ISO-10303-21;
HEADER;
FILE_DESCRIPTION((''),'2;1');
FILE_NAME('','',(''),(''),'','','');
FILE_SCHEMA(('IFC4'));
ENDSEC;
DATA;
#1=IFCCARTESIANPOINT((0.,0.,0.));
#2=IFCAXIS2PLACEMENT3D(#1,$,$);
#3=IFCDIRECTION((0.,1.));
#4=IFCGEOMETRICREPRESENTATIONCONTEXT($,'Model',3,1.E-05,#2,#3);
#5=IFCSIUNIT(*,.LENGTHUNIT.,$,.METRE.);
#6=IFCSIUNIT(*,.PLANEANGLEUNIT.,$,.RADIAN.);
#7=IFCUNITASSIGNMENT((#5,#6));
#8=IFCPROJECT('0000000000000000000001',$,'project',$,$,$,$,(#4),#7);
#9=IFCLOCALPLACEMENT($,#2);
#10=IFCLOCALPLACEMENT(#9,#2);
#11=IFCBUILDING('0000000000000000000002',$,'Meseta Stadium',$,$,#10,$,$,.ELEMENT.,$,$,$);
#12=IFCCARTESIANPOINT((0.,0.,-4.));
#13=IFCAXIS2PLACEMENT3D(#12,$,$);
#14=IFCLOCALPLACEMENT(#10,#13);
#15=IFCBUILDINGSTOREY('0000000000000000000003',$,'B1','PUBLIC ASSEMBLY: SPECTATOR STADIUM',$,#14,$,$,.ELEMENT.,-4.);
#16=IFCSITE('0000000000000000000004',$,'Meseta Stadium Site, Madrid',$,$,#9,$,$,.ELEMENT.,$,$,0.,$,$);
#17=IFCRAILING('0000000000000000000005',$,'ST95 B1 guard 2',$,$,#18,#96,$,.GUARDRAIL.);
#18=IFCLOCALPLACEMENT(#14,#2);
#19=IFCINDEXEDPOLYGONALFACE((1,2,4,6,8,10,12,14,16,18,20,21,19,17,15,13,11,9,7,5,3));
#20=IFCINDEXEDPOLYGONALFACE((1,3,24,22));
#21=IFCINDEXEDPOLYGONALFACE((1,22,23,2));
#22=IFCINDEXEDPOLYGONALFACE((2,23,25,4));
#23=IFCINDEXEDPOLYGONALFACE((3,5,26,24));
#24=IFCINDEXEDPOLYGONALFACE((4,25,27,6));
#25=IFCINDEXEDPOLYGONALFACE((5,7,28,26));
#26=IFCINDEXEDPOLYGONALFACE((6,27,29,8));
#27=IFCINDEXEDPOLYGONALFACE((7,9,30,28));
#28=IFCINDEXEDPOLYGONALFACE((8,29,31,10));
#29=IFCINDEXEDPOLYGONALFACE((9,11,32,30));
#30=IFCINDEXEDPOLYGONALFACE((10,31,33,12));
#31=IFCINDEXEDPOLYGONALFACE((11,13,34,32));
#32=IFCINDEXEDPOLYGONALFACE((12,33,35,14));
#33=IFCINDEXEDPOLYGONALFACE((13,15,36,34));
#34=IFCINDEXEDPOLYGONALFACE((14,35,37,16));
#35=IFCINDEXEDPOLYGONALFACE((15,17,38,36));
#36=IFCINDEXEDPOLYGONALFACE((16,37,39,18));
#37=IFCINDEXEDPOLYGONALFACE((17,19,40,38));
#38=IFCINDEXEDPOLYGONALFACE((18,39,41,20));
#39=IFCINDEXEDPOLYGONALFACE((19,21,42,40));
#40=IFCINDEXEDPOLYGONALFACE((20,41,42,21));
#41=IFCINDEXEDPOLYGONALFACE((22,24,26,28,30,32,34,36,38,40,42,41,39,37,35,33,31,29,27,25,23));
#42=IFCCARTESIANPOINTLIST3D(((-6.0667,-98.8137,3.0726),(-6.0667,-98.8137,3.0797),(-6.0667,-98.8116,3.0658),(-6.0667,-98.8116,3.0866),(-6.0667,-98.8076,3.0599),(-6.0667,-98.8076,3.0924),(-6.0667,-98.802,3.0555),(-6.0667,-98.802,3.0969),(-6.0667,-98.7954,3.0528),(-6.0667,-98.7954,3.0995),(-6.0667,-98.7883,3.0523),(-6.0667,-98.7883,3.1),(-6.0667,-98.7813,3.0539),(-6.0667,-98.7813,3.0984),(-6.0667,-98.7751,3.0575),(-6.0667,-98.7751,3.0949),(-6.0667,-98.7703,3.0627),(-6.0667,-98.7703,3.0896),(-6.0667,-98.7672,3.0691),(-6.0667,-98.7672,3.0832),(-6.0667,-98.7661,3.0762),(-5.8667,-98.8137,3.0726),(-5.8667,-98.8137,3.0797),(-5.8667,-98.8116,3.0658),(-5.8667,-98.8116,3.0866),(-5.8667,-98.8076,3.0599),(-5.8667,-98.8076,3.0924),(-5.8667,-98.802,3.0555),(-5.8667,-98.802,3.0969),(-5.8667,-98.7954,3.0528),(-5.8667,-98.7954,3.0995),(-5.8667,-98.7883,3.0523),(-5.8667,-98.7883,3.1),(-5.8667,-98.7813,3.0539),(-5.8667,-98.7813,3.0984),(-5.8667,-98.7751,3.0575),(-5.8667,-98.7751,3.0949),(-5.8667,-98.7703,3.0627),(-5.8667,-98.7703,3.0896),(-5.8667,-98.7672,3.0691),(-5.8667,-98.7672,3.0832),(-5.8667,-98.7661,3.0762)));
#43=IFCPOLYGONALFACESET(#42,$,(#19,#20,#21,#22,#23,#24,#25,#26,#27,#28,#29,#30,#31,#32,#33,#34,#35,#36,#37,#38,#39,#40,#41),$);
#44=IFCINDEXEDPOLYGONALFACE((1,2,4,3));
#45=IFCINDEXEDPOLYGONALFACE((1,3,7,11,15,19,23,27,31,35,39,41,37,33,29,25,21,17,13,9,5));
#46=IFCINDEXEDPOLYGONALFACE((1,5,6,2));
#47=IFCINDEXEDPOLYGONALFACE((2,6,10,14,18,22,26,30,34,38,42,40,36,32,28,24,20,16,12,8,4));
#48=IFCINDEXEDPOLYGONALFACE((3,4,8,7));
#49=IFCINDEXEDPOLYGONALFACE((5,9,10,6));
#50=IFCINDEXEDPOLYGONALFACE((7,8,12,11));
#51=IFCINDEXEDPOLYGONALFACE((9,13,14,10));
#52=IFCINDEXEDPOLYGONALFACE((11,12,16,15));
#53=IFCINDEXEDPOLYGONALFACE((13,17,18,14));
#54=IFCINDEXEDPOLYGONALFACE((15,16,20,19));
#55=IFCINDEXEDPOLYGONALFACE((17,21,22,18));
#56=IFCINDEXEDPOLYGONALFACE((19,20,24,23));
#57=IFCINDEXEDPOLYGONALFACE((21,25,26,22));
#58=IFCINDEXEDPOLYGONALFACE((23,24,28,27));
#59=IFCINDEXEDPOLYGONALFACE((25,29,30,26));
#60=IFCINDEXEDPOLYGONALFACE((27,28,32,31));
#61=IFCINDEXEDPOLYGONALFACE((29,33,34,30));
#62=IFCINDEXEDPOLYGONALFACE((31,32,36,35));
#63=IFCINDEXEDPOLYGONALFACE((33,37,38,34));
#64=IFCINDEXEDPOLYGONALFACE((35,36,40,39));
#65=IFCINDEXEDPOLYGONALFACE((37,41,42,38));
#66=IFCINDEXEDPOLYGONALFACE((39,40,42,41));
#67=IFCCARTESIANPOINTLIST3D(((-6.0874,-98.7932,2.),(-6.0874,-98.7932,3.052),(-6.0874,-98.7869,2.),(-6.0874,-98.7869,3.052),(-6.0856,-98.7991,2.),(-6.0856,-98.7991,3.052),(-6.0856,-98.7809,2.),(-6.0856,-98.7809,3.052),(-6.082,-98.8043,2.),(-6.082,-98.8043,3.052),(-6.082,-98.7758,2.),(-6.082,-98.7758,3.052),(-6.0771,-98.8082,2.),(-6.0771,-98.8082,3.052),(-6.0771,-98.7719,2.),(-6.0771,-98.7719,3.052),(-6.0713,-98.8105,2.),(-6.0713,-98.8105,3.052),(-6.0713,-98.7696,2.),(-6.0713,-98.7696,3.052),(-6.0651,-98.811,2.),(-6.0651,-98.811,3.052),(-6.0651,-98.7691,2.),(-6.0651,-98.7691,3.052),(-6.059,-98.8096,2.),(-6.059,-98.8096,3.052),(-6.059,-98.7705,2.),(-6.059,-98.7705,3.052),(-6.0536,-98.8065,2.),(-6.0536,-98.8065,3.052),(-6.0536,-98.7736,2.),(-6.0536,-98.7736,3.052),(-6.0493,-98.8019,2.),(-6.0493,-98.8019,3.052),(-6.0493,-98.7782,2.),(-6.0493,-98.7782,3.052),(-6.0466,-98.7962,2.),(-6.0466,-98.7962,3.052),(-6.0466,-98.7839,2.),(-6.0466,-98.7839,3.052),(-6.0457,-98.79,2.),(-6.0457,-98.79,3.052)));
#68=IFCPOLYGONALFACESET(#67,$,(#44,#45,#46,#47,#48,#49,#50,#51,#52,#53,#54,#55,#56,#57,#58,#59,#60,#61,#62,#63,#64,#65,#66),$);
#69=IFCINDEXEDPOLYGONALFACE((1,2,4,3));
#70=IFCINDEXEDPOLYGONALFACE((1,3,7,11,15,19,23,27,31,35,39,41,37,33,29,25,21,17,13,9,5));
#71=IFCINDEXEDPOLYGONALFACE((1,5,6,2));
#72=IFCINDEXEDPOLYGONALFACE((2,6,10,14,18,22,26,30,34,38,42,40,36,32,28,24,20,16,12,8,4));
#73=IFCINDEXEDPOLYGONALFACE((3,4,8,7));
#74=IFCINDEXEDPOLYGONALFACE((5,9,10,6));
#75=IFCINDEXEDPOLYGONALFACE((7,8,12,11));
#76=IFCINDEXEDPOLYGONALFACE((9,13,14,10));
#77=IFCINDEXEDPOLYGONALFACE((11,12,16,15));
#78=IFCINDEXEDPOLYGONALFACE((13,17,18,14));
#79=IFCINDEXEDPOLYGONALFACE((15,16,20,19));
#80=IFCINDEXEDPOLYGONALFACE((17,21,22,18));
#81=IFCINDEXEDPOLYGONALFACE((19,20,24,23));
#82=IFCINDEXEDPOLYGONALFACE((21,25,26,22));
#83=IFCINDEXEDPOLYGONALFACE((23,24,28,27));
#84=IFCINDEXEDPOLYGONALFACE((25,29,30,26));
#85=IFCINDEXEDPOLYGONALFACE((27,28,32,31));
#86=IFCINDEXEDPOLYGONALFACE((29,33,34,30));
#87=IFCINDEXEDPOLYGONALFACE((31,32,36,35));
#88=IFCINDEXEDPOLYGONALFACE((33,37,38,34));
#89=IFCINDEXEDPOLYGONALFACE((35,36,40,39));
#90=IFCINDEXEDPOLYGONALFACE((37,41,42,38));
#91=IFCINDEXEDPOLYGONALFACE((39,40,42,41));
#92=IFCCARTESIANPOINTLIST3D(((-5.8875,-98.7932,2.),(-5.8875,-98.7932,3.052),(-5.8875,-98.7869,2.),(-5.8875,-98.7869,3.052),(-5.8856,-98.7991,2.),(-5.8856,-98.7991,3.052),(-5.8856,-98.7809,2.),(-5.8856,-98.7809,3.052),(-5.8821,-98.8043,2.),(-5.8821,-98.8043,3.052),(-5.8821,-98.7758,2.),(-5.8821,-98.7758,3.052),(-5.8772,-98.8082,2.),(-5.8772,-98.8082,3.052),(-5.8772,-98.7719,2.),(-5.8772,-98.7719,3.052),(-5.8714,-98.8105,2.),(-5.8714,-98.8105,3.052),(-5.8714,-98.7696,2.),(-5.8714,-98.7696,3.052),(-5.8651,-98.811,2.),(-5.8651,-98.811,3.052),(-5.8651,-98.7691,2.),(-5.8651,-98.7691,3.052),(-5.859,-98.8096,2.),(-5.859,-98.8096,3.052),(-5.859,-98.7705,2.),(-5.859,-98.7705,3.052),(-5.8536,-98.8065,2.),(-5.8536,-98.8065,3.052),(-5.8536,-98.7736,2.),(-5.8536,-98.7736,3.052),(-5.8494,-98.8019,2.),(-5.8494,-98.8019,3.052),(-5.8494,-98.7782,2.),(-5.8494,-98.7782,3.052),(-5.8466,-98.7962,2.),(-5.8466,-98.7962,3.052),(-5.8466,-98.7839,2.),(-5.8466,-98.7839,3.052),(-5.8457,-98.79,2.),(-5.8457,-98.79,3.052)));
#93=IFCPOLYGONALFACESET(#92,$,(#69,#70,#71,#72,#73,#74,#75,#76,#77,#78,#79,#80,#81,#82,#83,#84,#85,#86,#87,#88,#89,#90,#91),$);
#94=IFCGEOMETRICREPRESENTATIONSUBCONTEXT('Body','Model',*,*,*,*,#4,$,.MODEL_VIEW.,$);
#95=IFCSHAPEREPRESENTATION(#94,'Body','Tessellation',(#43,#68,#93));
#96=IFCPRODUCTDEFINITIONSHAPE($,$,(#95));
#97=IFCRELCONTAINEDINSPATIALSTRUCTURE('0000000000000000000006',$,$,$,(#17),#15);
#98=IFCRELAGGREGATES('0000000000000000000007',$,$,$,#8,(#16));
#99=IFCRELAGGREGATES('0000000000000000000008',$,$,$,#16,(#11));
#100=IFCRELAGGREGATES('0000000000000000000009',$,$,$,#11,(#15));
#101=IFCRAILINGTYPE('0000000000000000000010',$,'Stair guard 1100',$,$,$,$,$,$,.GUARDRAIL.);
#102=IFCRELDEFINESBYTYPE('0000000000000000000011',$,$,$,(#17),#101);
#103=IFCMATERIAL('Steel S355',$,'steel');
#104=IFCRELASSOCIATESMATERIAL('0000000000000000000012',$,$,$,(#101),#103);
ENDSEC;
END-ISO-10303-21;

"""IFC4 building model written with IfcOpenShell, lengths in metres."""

from ifc_helpers import new_model, si_unit, direction, frame, origin, origin_2d, place, context, subcontext, project, spatial, circle, extrude, material, type_object, element, save


model = new_model("IFC4")

# Units and contexts
model_context = context("Model", 3, precision=1e-05, world=origin(), true_north=direction((0.0, 1.0)))
body_context = subcontext(model_context, "Body", "Model", "MODEL_VIEW")
ifc_project = project(units=[si_unit("LENGTHUNIT", "METRE"), si_unit("PLANEANGLEUNIT", "RADIAN")], contexts=[model_context])

# Site, building, storey
site_placement = place(None, origin())
site = spatial("IfcSite", under=ifc_project, at=site_placement, Name="Meseta Stadium Site, Madrid", CompositionType="ELEMENT", RefElevation=0.0)
building_placement = place(site_placement, origin())
building = spatial("IfcBuilding", under=site, at=building_placement, Name="Meseta Stadium", CompositionType="ELEMENT")
storey_placement = place(building_placement, frame((0.0, 0.0, -4.0)))
storey = spatial("IfcBuildingStorey", under=building, at=storey_placement, Name="B1", Description="PUBLIC ASSEMBLY: SPECTATOR STADIUM", CompositionType="ELEMENT", Elevation=-4.0)

# Railing
ifc_material_1 = material(Name="Steel S355", Category="steel")
railing_type_1 = type_object("IfcRailingType", Name="Stair guard 1100", PredefinedType="GUARDRAIL", material=ifc_material_1)
railing_1_placement = place(storey_placement, frame((-6.0667, -98.79, 2.0)))
element("IfcRailing", 1, at=railing_1_placement, inside=storey, type_object=railing_type_1, Name="ST95 B1 guard 2", PredefinedType="GUARDRAIL", context=body_context, shape_type="SweptSolid", body=[
    extrude(circle(Radius=0.0239, at=origin_2d()), frame((0.0, 0.0, 1.0762), z_axis=(1.0, 0.0, 0.0), x_axis=(0.0, 1.0, 0.0)), (0.0, 0.0, 1.0), 0.2),
    extrude(circle(Radius=0.021, at=origin_2d()), origin(), (0.0, 0.0, 1.0), 1.052),
    extrude(circle(Radius=0.021, at=origin_2d()), frame((0.2, 0.0, 0.0)), (0.0, 0.0, 1.0), 1.052),
])

save(model, "model.ifc")
